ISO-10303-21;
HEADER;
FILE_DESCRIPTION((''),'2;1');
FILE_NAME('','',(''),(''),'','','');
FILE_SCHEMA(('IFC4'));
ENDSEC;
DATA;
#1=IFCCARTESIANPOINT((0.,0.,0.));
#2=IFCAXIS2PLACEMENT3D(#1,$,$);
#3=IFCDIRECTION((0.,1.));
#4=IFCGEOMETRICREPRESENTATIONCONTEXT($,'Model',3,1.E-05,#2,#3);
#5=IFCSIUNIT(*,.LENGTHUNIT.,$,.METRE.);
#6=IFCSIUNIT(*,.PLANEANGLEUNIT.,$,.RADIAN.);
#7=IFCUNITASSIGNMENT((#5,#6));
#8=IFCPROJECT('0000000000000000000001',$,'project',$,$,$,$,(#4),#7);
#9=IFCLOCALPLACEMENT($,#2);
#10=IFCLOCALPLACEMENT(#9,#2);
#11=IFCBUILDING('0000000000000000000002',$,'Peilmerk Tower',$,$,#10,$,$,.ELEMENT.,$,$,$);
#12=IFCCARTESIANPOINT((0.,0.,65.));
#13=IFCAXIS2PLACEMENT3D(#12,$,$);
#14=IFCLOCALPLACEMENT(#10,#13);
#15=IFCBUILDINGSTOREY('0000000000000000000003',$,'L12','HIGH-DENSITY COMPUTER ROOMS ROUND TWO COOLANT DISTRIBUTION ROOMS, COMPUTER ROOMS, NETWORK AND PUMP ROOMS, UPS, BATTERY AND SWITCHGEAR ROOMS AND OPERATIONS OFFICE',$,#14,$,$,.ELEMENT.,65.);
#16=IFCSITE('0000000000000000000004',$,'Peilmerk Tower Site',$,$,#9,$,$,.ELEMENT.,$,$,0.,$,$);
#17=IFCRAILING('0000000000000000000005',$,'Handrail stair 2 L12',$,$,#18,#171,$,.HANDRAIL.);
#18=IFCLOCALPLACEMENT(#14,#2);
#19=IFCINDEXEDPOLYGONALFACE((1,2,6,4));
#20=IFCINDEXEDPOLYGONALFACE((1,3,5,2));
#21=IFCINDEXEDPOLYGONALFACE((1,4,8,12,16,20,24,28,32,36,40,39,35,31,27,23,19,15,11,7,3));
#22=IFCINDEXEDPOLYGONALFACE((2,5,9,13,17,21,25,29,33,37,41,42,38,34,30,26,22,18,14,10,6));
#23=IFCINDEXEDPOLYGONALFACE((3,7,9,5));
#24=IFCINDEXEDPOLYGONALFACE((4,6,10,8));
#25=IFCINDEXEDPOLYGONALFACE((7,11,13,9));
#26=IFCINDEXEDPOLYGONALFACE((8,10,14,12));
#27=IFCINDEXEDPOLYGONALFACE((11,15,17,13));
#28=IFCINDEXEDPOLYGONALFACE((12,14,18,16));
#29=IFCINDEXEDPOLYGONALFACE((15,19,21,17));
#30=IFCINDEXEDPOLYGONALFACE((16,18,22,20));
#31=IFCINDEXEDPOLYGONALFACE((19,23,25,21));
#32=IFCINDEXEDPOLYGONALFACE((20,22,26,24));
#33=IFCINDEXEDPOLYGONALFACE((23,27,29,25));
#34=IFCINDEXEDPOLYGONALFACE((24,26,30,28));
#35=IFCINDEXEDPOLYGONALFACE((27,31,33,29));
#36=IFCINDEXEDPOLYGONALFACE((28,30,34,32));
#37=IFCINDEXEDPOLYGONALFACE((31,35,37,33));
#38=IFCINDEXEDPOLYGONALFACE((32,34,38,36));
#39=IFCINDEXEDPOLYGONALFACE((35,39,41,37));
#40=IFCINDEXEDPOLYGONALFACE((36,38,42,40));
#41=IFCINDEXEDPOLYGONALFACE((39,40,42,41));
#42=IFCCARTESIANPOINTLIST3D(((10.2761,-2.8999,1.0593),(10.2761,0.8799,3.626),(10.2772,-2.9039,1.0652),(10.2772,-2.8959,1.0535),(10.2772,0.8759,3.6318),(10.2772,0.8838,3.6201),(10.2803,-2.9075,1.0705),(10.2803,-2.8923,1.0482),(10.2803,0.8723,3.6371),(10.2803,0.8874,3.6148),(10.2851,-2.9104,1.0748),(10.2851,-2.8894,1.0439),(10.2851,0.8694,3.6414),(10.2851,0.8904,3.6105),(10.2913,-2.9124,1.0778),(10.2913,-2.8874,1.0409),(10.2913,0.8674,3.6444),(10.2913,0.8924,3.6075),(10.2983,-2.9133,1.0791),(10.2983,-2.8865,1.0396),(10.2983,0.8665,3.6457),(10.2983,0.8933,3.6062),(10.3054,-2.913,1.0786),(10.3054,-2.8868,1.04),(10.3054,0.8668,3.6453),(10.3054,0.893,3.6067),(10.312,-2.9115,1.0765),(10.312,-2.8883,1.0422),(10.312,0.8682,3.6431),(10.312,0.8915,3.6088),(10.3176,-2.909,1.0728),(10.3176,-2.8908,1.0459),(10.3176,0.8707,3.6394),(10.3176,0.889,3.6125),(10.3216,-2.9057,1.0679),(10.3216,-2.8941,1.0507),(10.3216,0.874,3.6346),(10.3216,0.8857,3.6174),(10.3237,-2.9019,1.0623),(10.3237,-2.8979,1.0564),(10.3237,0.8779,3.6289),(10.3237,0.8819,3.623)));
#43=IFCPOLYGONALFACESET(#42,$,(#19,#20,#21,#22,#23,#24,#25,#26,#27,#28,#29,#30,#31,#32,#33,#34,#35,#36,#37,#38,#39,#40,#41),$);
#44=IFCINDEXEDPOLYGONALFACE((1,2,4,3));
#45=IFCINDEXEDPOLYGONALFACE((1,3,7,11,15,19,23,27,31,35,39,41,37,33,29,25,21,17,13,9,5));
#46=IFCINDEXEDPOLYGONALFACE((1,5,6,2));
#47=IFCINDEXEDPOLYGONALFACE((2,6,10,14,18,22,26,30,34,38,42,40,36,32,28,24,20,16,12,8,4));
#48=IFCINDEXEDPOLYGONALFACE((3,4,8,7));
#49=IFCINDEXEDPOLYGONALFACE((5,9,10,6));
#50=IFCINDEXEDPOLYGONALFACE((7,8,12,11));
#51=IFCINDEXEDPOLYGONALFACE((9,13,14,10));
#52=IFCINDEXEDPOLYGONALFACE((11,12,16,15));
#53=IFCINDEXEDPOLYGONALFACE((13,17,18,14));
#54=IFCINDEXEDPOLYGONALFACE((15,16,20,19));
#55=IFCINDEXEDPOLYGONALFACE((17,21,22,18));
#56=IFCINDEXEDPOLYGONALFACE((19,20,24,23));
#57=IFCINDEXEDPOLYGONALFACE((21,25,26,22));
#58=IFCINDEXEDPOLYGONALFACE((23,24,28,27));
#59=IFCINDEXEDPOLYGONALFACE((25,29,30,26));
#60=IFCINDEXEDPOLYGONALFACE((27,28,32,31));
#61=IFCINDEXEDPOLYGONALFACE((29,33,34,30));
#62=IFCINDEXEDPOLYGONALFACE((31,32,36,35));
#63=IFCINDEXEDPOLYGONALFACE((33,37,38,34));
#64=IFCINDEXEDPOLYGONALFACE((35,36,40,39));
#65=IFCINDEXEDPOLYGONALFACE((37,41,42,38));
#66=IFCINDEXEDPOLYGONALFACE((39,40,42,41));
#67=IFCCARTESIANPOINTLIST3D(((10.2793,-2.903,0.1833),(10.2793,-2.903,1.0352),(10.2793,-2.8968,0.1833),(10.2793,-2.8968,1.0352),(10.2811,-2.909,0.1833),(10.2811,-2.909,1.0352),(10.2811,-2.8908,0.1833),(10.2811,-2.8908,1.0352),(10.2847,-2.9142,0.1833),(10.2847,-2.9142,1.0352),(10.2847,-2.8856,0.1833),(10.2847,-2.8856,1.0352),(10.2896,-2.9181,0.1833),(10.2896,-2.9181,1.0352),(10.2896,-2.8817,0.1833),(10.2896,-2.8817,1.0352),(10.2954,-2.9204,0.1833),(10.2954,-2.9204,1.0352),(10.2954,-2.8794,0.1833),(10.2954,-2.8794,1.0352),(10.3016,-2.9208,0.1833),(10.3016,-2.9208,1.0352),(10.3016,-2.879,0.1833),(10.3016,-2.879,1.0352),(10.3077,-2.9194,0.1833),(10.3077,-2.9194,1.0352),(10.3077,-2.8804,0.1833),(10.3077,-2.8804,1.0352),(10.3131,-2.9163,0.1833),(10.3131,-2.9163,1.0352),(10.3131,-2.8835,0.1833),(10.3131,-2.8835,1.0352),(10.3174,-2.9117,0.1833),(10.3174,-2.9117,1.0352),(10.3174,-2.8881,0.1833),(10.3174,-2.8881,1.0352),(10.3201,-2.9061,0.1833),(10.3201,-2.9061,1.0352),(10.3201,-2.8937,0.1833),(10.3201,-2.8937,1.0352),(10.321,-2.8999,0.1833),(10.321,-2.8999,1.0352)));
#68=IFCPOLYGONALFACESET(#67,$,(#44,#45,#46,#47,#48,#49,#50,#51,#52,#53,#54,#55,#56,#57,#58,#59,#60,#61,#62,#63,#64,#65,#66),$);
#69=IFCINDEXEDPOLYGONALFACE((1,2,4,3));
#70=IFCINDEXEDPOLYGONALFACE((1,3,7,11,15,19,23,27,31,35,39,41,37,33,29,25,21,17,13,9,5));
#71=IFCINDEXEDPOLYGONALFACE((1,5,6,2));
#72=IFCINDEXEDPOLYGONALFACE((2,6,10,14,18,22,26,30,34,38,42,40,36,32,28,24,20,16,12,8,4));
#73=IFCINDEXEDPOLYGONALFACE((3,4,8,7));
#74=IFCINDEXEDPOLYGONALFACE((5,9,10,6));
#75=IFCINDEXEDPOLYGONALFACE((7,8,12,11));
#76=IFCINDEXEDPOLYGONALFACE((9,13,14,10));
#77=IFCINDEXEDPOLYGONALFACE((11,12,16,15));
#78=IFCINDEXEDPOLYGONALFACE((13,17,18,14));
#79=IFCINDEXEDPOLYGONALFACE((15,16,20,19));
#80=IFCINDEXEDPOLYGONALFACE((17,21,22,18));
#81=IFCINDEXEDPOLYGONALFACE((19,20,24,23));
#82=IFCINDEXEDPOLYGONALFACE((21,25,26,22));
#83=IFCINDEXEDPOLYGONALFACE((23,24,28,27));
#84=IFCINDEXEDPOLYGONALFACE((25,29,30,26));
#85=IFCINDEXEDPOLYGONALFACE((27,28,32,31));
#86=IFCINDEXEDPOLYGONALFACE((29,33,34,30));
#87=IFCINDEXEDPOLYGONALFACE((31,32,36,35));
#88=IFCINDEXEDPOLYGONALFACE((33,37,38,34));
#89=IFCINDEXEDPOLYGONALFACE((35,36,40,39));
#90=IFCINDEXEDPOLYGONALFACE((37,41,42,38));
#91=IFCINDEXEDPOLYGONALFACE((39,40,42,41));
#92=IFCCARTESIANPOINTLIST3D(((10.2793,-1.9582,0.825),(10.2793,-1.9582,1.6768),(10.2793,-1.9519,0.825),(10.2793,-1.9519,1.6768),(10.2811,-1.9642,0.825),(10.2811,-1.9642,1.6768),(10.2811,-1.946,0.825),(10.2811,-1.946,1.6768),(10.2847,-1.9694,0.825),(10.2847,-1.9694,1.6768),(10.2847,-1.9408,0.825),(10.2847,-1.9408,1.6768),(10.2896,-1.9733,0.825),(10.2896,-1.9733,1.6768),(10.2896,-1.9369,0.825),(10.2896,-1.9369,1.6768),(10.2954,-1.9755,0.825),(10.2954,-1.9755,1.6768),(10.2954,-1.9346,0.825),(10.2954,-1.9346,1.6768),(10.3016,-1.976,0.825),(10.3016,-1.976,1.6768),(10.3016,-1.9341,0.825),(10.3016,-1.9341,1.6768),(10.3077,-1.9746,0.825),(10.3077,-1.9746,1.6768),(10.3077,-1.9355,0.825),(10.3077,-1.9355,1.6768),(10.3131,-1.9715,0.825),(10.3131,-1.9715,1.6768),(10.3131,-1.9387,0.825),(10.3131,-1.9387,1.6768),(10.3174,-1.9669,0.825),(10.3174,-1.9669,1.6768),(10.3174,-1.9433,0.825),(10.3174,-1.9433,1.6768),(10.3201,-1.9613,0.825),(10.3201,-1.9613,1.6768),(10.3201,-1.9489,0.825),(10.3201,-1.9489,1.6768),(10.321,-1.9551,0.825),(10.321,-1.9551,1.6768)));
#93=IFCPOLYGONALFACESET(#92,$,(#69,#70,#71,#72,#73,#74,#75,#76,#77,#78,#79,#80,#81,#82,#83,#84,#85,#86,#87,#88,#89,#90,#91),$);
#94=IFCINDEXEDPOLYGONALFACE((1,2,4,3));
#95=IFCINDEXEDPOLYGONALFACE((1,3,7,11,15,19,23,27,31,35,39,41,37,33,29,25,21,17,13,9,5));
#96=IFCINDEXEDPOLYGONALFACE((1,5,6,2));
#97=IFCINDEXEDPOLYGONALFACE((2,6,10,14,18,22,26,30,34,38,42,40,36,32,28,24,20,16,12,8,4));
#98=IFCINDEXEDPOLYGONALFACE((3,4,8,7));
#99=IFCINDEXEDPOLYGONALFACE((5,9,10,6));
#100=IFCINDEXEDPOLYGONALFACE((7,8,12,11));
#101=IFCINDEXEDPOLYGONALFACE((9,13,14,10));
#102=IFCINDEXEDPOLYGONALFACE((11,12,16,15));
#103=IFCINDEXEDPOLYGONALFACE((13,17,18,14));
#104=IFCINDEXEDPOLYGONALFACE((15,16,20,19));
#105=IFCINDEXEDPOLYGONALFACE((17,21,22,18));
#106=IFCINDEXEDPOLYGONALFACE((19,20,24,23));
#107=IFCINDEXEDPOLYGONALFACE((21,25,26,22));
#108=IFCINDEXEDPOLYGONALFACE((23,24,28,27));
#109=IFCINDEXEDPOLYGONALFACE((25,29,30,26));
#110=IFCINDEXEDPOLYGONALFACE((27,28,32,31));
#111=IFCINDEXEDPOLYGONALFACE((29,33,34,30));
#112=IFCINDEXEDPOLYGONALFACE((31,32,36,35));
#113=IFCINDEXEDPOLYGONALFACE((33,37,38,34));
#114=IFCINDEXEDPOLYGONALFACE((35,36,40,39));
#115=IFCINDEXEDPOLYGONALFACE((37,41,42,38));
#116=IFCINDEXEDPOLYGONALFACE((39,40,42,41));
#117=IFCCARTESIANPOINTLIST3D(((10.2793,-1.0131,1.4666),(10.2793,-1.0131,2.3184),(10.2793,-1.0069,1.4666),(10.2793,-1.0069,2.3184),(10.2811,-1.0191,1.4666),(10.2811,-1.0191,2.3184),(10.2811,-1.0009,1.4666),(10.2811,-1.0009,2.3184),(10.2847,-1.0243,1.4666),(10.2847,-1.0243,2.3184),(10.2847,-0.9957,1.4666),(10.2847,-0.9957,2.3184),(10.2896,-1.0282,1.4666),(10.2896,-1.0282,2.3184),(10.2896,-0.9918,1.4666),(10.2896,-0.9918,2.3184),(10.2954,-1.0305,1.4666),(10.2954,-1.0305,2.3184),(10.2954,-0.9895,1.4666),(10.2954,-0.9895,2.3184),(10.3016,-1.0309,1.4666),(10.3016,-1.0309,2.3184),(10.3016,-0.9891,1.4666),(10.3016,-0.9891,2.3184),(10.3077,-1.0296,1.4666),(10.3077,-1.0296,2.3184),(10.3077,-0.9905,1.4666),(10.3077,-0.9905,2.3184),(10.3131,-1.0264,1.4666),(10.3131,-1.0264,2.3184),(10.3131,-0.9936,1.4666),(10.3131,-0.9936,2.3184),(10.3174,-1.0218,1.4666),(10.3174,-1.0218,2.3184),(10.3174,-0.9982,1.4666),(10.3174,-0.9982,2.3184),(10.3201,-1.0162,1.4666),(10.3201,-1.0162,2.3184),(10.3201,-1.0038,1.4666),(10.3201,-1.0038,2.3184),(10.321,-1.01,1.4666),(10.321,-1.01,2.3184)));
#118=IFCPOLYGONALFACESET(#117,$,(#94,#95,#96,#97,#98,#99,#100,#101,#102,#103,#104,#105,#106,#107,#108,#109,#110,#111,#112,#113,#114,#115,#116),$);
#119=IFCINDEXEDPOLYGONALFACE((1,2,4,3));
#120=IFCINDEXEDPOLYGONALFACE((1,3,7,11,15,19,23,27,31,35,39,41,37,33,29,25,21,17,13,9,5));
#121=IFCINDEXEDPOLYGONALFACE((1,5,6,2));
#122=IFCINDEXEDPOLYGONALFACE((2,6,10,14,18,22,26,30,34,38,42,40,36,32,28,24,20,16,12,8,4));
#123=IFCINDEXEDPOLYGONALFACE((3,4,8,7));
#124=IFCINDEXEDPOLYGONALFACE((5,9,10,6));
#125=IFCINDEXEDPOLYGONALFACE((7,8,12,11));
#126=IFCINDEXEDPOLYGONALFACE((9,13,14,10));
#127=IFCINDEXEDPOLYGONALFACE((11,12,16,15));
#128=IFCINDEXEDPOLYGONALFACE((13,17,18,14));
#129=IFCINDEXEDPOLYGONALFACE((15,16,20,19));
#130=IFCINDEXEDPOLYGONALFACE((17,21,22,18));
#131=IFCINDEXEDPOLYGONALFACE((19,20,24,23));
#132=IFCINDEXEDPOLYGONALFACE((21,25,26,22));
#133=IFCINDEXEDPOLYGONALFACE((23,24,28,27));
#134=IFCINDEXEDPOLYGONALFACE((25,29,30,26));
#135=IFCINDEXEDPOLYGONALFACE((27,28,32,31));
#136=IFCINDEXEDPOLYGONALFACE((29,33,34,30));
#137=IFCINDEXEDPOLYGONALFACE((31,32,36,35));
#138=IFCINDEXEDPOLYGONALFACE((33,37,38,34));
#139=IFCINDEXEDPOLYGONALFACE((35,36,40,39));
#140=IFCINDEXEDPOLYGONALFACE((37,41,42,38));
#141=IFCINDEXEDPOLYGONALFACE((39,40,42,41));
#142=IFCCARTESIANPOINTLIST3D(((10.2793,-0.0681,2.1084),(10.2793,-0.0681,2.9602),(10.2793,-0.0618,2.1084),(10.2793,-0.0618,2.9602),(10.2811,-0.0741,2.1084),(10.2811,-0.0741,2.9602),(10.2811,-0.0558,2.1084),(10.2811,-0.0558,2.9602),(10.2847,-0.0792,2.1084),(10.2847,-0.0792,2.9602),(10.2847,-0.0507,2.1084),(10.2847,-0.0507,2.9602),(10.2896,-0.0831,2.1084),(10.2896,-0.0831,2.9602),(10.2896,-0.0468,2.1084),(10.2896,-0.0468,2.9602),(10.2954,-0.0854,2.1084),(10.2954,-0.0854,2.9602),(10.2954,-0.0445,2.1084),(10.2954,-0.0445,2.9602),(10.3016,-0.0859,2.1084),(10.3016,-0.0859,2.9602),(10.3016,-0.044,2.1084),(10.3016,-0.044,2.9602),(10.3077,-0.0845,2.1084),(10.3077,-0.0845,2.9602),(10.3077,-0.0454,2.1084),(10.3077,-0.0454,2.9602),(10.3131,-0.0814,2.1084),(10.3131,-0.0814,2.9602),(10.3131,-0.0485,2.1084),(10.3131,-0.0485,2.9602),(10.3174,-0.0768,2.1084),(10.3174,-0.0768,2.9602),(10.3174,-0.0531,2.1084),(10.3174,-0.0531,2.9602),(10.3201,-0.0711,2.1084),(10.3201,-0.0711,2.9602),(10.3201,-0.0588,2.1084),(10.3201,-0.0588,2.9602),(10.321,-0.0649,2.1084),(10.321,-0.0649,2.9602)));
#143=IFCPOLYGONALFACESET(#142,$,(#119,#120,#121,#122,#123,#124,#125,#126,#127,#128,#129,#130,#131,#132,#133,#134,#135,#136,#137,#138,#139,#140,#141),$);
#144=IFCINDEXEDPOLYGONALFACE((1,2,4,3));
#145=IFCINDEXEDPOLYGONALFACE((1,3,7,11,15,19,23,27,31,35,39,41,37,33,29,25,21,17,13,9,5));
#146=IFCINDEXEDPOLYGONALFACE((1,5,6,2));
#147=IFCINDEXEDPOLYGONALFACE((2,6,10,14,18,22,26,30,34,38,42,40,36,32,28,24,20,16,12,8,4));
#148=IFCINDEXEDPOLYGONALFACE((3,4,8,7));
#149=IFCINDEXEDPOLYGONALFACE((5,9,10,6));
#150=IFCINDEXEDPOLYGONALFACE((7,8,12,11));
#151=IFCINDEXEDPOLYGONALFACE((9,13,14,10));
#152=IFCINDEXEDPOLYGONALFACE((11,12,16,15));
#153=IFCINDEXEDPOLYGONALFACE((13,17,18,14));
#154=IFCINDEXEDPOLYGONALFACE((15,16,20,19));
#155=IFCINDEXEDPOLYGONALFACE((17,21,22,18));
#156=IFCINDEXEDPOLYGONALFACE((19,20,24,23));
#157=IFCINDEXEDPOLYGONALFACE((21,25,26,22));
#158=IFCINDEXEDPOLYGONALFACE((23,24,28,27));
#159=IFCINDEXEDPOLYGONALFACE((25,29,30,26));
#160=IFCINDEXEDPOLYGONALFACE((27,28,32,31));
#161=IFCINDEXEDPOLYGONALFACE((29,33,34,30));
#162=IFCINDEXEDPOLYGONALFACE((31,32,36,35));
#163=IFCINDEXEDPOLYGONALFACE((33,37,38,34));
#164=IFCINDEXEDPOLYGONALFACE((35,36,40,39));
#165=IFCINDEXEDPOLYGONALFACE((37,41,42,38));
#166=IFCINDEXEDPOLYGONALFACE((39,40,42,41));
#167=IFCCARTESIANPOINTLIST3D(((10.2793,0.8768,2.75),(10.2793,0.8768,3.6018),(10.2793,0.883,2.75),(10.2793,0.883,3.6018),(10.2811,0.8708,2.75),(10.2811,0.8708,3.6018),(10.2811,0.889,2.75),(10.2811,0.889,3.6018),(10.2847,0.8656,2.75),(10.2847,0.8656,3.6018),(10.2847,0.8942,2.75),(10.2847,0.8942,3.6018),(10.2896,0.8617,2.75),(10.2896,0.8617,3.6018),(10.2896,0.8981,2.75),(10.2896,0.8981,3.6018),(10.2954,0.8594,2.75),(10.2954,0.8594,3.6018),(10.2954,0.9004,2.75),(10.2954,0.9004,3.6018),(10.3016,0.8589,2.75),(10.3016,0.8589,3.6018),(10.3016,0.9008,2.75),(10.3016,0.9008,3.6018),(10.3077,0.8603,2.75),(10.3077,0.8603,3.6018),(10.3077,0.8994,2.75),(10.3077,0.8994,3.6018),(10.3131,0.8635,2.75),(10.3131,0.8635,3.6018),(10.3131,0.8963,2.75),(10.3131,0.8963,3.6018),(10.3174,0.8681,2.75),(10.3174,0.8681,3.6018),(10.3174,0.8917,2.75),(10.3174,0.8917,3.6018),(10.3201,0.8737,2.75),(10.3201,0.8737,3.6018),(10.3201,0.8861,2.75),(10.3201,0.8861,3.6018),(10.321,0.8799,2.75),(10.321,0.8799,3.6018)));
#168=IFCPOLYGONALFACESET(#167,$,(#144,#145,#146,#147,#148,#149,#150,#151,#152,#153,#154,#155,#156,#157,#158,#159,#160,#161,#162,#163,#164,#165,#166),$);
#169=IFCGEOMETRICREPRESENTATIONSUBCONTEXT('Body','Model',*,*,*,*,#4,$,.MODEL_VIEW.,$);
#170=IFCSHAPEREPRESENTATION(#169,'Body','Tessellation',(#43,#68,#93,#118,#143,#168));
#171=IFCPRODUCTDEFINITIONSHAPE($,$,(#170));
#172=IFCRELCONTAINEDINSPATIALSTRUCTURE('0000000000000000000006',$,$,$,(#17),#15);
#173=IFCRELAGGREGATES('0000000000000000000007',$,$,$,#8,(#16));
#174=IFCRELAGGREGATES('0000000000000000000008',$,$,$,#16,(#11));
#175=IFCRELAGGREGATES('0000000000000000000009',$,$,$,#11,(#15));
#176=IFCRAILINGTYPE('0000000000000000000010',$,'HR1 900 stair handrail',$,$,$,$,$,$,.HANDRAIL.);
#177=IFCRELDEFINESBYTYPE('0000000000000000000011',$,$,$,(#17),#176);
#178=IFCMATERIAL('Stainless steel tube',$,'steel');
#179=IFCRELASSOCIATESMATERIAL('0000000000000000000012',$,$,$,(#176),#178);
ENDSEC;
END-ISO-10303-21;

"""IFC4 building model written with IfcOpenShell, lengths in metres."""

from ifc_helpers import new_model, si_unit, direction, frame, origin, origin_2d, place, context, subcontext, project, spatial, circle, extrude, material, type_object, element, save


model = new_model("IFC4")

# Units and contexts
model_context = context("Model", 3, precision=1e-05, world=origin(), true_north=direction((0.0, 1.0)))
body_context = subcontext(model_context, "Body", "Model", "MODEL_VIEW")
ifc_project = project(units=[si_unit("LENGTHUNIT", "METRE"), si_unit("PLANEANGLEUNIT", "RADIAN")], contexts=[model_context])

# Site, building, storey
site_placement = place(None, origin())
site = spatial("IfcSite", under=ifc_project, at=site_placement, Name="Peilmerk Tower Site", CompositionType="ELEMENT", RefElevation=0.0)
building_placement = place(site_placement, origin())
building = spatial("IfcBuilding", under=site, at=building_placement, Name="Peilmerk Tower", CompositionType="ELEMENT")
storey_placement = place(building_placement, frame((0.0, 0.0, 65.0)))
storey = spatial("IfcBuildingStorey", under=building, at=storey_placement, Name="L12", Description="HIGH-DENSITY COMPUTER ROOMS ROUND TWO COOLANT DISTRIBUTION ROOMS, COMPUTER ROOMS, NETWORK AND PUMP ROOMS, UPS, BATTERY AND SWITCHGEAR ROOMS AND OPERATIONS OFFICE", CompositionType="ELEMENT", Elevation=65.0)

# Railing
ifc_material_1 = material(Name="Stainless steel tube", Category="steel")
railing_type_1 = type_object("IfcRailingType", Name="HR1 900 stair handrail", PredefinedType="HANDRAIL", material=ifc_material_1)
railing_1_placement = place(storey_placement, frame((10.3, -2.8999, 0.1833)))
element("IfcRailing", 1, at=railing_1_placement, inside=storey, type_object=railing_type_1, Name="Handrail stair 2 L12", PredefinedType="HANDRAIL", context=body_context, shape_type="SweptSolid", body=[
    extrude(circle(Radius=0.0239, at=origin_2d()), frame((0.0, 0.0, 0.876), z_axis=(0.0, 0.827293, 0.561771), x_axis=(-1.0, 0.0, 0.0)), (0.0, 0.0, 1.0), 4.5688),
    extrude(circle(Radius=0.021, at=origin_2d()), origin(), (0.0, 0.0, 1.0), 0.8518),
    extrude(circle(Radius=0.021, at=origin_2d()), frame((0.0, 0.9448, 0.6416)), (0.0, 0.0, 1.0), 0.8518),
    extrude(circle(Radius=0.021, at=origin_2d()), frame((0.0, 1.8899, 1.2832)), (0.0, 0.0, 1.0), 0.8518),
    extrude(circle(Radius=0.021, at=origin_2d()), frame((0.0, 2.835, 1.925)), (0.0, 0.0, 1.0), 0.8518),
    extrude(circle(Radius=0.021, at=origin_2d()), frame((0.0, 3.7798, 2.5667)), (0.0, 0.0, 1.0), 0.8518),
])

save(model, "model.ifc")
